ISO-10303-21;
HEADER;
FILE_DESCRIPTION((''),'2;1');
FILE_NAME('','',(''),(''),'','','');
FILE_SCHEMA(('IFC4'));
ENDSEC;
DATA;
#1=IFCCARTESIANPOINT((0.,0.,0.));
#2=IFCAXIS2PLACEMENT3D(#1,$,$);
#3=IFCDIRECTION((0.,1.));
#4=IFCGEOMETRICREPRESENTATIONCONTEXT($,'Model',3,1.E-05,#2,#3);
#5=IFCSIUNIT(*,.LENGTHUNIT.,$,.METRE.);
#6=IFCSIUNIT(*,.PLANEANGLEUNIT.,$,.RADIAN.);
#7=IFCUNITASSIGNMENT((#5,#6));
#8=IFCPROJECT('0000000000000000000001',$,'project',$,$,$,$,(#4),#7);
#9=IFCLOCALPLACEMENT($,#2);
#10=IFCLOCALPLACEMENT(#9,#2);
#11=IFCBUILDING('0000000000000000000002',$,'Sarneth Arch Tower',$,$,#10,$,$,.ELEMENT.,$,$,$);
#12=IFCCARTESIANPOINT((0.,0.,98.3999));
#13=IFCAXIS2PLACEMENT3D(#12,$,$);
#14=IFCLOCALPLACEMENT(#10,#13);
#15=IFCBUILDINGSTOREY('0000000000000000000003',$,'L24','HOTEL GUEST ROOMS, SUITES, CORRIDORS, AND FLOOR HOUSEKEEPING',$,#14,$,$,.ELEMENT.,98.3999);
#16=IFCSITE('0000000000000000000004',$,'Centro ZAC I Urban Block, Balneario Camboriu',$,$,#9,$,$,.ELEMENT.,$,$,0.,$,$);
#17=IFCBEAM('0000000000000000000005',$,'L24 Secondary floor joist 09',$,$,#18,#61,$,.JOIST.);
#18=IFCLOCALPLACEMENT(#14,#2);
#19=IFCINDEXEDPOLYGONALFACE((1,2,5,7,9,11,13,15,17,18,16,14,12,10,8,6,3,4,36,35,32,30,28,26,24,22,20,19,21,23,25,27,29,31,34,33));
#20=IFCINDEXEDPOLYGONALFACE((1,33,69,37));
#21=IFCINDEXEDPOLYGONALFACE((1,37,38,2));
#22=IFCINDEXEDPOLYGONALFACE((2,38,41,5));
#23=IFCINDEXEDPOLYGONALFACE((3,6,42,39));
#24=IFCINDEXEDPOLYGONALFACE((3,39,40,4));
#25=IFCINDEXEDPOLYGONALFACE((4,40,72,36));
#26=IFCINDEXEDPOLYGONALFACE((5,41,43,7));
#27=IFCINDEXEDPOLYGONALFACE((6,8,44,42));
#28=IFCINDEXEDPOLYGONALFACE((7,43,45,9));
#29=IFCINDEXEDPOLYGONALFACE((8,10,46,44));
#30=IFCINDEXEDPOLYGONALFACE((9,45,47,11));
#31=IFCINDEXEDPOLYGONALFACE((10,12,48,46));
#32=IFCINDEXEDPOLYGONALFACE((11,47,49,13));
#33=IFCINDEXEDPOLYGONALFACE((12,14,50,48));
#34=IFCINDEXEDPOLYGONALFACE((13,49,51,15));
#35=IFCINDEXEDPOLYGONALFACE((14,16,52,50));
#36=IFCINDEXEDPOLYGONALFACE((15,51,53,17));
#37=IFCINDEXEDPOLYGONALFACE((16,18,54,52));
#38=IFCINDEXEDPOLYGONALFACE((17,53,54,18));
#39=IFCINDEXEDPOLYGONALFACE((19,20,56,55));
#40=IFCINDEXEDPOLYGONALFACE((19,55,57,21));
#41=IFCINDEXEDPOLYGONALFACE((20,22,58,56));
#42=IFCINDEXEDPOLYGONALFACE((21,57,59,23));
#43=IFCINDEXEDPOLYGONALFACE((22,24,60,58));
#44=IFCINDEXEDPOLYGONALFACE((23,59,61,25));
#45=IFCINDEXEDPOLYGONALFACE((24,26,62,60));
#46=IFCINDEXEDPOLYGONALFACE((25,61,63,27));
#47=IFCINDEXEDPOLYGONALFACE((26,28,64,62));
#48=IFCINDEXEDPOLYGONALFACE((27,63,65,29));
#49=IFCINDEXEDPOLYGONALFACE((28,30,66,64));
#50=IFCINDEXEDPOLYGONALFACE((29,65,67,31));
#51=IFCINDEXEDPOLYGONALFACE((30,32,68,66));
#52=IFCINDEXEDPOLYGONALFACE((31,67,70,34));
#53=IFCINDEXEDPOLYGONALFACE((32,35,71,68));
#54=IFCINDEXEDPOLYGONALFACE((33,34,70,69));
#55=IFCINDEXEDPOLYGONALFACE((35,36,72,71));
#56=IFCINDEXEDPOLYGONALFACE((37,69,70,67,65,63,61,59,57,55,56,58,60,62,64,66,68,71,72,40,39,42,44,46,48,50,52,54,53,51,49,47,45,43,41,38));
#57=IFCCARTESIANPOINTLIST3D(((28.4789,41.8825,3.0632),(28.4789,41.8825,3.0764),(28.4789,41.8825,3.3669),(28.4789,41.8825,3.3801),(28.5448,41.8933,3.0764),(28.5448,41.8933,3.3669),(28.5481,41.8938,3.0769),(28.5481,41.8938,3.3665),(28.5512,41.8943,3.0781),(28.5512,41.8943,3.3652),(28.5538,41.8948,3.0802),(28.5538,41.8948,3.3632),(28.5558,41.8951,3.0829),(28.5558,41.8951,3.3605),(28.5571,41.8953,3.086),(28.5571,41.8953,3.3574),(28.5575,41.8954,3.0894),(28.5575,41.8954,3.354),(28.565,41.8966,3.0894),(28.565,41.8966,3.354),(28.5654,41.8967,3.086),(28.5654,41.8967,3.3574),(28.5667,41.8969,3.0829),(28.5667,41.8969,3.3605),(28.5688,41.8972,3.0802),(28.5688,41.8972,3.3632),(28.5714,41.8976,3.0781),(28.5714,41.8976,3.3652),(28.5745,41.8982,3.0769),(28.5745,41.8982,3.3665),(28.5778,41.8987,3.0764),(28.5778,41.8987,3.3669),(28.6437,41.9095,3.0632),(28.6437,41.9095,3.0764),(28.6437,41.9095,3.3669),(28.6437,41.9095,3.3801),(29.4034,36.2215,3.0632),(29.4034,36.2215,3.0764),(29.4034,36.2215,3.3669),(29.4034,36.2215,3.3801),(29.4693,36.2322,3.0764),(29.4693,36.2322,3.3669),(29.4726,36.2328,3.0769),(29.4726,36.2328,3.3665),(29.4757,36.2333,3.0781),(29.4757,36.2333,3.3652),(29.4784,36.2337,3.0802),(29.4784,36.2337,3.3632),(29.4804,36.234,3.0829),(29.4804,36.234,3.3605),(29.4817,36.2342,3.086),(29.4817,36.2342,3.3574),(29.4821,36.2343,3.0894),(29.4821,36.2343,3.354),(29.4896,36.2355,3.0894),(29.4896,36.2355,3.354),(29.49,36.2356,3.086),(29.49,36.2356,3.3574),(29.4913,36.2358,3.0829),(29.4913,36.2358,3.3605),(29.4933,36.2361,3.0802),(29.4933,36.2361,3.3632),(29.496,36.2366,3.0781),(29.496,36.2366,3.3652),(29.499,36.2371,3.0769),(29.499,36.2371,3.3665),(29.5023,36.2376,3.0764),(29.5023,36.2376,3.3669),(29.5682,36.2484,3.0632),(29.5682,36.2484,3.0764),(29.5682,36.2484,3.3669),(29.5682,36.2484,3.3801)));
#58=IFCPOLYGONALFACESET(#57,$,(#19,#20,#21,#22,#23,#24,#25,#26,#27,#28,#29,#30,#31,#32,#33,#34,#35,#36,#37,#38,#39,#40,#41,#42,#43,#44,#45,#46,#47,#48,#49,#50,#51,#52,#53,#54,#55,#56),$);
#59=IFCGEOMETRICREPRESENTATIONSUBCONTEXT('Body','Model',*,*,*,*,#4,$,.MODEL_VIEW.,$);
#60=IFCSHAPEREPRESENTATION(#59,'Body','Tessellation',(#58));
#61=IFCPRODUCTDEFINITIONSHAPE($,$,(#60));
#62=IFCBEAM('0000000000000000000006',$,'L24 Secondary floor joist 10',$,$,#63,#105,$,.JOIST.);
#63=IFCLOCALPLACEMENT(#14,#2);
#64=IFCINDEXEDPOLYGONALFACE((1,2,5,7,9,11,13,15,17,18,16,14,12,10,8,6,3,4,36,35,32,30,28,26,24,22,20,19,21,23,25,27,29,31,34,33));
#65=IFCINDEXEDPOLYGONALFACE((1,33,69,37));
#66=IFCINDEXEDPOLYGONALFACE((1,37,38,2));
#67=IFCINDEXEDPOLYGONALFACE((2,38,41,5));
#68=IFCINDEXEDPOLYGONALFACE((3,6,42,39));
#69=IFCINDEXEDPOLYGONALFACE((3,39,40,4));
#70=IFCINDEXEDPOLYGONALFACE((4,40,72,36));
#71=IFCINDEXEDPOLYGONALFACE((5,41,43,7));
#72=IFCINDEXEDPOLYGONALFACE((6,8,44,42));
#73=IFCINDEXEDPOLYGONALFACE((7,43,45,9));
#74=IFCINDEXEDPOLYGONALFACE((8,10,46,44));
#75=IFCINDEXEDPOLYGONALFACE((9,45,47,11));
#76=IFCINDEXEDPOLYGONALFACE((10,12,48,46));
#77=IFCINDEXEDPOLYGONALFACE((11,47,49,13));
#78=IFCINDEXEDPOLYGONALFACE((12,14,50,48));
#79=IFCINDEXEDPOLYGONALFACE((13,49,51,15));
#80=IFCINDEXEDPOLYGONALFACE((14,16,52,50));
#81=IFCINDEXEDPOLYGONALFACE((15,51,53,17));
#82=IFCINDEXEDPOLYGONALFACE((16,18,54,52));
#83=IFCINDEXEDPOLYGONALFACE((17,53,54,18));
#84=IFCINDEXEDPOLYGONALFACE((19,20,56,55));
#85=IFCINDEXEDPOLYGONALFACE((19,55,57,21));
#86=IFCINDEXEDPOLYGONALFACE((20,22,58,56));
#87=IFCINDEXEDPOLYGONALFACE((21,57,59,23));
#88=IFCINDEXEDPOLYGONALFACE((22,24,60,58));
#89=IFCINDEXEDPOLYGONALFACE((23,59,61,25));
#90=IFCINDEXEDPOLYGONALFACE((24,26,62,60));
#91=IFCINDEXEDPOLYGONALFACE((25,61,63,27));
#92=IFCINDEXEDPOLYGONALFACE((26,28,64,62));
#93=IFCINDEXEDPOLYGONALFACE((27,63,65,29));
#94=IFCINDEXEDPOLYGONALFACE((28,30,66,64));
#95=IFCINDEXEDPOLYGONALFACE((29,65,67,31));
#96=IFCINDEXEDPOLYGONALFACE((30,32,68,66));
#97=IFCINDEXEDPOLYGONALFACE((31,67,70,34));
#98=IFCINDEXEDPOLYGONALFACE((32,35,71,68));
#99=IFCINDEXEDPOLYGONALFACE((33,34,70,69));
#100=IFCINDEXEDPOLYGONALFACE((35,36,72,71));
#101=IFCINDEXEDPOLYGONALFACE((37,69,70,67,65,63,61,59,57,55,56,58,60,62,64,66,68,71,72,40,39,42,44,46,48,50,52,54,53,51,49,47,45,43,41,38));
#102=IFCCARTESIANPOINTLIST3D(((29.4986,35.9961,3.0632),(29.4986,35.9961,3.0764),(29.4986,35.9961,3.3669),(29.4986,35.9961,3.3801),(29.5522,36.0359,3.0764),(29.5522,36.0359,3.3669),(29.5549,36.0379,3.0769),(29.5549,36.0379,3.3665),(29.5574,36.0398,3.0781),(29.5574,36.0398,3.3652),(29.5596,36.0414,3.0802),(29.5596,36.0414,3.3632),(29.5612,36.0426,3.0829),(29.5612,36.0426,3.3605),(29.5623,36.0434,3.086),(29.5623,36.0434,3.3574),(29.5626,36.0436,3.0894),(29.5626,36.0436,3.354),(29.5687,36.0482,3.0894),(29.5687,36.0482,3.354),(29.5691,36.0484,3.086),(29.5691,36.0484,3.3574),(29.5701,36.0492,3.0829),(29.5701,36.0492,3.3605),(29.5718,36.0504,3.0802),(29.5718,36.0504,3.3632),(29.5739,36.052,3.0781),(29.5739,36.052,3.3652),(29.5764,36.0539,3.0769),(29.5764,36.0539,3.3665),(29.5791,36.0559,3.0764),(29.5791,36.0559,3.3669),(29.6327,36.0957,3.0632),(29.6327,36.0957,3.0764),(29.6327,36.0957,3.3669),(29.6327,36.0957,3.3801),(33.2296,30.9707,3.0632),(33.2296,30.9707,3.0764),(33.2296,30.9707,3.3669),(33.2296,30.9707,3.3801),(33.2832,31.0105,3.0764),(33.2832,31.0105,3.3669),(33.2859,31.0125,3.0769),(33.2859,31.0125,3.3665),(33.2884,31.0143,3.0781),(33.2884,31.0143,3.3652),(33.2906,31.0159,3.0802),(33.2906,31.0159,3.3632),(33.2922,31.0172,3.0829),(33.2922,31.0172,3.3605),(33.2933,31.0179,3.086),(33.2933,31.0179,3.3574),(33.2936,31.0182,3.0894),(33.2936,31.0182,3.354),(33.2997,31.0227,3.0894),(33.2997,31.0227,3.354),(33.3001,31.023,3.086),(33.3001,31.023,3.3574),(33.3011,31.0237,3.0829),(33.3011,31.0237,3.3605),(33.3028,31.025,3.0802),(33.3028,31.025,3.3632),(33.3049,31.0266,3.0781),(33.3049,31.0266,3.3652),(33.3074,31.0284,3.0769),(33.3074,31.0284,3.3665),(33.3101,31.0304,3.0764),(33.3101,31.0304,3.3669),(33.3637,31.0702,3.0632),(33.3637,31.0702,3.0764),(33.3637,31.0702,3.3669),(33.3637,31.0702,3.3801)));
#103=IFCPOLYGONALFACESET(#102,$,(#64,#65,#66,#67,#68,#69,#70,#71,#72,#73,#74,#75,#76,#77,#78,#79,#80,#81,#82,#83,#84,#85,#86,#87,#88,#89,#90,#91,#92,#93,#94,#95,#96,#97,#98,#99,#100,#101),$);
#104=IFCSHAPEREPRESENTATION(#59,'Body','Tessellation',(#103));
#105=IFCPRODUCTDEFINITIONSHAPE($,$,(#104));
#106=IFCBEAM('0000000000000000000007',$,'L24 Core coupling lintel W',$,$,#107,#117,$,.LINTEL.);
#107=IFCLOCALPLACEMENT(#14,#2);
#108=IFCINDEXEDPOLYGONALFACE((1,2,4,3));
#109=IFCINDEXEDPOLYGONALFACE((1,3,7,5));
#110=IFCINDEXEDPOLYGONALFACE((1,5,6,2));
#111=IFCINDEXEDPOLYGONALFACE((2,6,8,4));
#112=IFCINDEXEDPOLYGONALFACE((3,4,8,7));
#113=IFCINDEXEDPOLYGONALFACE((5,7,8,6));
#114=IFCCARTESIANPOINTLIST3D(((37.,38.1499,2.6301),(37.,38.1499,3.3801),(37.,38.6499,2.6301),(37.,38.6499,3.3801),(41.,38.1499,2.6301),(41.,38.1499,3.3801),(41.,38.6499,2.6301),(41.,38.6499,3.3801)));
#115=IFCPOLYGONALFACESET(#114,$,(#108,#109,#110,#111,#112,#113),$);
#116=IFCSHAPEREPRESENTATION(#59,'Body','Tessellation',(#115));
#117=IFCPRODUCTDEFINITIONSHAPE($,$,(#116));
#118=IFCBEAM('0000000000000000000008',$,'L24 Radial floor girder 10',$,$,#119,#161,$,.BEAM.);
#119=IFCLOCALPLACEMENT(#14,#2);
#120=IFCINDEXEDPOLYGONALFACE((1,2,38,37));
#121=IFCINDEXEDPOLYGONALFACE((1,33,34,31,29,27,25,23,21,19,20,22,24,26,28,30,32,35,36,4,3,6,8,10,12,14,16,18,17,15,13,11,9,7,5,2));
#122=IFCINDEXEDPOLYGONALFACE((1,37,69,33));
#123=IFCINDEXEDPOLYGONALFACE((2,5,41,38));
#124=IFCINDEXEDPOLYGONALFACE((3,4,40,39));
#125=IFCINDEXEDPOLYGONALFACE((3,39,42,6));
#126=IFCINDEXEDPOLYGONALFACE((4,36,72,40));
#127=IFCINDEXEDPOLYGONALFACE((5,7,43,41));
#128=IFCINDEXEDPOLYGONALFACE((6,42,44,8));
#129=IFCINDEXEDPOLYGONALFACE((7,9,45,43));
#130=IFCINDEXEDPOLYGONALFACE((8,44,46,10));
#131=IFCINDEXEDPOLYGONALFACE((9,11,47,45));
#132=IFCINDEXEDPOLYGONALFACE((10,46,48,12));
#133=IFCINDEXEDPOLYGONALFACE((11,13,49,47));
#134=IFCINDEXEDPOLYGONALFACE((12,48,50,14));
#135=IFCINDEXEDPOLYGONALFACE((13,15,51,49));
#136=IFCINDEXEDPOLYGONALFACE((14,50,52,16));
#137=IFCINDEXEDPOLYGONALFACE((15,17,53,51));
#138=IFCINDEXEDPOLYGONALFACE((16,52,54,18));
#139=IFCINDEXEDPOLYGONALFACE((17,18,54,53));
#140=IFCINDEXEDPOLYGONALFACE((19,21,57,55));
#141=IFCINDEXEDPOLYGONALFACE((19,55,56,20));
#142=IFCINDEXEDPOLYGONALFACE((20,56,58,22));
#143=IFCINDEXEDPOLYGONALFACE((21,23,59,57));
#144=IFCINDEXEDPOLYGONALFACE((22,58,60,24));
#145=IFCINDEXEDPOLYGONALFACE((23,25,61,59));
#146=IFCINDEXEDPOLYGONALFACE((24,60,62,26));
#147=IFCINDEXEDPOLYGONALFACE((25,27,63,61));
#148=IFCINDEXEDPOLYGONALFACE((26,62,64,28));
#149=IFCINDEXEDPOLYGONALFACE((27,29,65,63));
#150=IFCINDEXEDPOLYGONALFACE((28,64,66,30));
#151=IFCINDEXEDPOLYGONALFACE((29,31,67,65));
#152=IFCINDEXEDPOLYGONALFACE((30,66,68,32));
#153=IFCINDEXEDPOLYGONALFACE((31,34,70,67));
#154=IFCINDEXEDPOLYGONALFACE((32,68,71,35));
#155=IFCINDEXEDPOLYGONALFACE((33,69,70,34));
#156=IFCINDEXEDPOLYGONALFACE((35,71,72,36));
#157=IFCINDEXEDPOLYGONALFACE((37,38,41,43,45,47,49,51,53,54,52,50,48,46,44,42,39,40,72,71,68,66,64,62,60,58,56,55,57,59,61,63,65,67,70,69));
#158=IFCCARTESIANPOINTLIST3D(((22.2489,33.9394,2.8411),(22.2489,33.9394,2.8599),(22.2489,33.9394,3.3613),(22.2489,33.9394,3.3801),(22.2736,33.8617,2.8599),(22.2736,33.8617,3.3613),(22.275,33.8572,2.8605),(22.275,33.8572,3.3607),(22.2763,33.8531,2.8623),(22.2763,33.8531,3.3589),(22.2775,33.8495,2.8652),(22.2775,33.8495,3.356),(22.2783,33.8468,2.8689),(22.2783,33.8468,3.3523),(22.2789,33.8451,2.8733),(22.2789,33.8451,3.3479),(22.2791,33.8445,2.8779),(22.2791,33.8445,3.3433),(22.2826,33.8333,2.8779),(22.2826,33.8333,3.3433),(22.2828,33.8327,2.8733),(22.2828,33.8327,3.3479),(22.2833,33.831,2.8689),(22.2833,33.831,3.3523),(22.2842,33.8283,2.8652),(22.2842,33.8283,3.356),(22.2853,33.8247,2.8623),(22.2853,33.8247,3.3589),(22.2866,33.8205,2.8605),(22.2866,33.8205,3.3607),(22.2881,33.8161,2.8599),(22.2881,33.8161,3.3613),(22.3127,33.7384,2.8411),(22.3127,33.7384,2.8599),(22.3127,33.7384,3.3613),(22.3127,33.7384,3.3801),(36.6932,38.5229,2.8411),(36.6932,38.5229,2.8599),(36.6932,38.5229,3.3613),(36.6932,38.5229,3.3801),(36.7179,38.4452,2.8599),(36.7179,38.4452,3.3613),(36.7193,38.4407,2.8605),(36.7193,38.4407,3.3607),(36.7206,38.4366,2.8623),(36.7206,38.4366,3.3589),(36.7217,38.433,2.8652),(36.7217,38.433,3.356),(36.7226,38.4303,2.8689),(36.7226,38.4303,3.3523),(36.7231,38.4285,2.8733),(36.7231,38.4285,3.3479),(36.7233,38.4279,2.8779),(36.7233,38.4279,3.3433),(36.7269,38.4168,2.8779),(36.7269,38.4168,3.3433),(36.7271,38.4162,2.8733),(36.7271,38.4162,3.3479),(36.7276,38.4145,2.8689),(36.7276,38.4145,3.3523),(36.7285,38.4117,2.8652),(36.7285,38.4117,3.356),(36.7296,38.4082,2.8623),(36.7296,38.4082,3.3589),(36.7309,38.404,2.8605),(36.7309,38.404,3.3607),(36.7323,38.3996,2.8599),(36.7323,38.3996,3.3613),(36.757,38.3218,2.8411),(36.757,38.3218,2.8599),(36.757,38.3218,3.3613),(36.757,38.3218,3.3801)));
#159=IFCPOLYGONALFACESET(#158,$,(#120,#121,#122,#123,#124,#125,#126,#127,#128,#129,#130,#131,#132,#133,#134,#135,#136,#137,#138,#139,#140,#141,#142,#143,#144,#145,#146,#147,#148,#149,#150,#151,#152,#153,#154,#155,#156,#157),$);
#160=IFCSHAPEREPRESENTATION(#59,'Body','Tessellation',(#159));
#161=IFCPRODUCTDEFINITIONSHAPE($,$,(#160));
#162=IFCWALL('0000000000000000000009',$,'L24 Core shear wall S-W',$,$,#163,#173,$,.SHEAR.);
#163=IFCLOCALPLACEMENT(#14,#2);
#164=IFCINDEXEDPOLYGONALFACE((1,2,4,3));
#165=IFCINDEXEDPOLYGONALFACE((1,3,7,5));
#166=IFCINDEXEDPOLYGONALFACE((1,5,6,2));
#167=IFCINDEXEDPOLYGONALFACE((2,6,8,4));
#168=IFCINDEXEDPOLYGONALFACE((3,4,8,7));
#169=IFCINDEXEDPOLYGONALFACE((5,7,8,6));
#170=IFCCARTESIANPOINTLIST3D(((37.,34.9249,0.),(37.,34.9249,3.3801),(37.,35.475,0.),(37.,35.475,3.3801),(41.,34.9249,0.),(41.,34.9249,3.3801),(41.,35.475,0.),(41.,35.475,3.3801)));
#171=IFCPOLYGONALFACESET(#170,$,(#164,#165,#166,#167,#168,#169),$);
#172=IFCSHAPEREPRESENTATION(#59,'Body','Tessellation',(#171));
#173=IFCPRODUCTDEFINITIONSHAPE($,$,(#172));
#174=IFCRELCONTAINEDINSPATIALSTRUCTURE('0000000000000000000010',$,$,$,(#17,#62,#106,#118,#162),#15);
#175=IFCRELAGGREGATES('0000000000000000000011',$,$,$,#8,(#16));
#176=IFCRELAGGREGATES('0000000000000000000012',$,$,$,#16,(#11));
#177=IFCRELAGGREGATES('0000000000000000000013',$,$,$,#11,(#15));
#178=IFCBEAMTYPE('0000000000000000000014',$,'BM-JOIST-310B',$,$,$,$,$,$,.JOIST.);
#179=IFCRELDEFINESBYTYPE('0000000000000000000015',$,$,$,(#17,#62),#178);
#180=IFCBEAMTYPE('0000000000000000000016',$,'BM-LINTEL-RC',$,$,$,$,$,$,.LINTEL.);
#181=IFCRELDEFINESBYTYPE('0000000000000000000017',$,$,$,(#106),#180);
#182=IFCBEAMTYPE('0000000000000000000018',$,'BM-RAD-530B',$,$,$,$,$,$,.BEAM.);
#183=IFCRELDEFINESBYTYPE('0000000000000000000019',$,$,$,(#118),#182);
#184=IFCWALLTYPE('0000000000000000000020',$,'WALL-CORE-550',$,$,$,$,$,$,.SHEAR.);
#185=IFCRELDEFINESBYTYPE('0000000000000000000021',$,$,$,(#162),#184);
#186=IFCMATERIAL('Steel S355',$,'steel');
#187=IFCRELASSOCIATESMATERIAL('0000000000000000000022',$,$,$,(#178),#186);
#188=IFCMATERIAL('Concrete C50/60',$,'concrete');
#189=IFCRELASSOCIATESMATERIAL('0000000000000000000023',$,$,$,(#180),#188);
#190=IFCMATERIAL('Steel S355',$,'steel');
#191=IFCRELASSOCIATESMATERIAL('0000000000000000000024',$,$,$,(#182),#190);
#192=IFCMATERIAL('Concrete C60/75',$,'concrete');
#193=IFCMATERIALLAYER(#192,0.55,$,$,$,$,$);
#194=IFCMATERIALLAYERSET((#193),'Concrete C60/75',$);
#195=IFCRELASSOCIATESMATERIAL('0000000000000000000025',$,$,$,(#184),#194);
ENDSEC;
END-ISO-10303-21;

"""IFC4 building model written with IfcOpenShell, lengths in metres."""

from ifc_helpers import new_model, si_unit, direction, frame, frame_2d, origin, origin_2d, place, context, subcontext, project, spatial, rectangle, i_section, extrude, material, layer, layer_set, material_profile, profile_set, type_object, element, save


model = new_model("IFC4")

# Units and contexts
model_context = context("Model", 3, precision=1e-05, world=origin(), true_north=direction((0.0, 1.0)))
body_context = subcontext(model_context, "Body", "Model", "MODEL_VIEW")
ifc_project = project(units=[si_unit("LENGTHUNIT", "METRE"), si_unit("PLANEANGLEUNIT", "RADIAN")], contexts=[model_context])

# Site, building, storey
site_placement = place(None, origin())
site = spatial("IfcSite", under=ifc_project, at=site_placement, Name="Centro ZAC I Urban Block, Balneario Camboriu", CompositionType="ELEMENT", RefElevation=0.0)
building_placement = place(site_placement, origin())
building = spatial("IfcBuilding", under=site, at=building_placement, Name="Sarneth Arch Tower", CompositionType="ELEMENT")
storey_placement = place(building_placement, frame((0.0, 0.0, 98.3999)))
storey = spatial("IfcBuildingStorey", under=building, at=storey_placement, Name="L24", Description="HOTEL GUEST ROOMS, SUITES, CORRIDORS, AND FLOOR HOUSEKEEPING", CompositionType="ELEMENT", Elevation=98.3999)

# Beams
ifc_material_1 = material(Name="Steel S355", Category="steel")
ifc_material_profile_1 = material_profile(ifc_material_1, i_section(OverallWidth=0.167, OverallDepth=0.3169, WebThickness=0.0076, FlangeThickness=0.0132, FilletRadius=0.0129, at=origin_2d()), Name="W310x52")
ifc_profile_set_1 = profile_set([ifc_material_profile_1], Name="Steel S355")
beam_type_1 = type_object("IfcBeamType", Name="BM-JOIST-310B", PredefinedType="JOIST", material=ifc_profile_set_1)
beam_1_placement = place(storey_placement, frame((28.5613, 41.896, 3.2217), z_axis=(0.161182, -0.986925, 0.0), x_axis=(0.986925, 0.161182, 0.0)))
element("IfcBeam", 1, at=beam_1_placement, inside=storey, type_object=beam_type_1, Name="L24 Secondary floor joist 09", PredefinedType="JOIST", context=body_context, shape_type="SweptSolid", body=[
    extrude(i_section(OverallWidth=0.167, OverallDepth=0.3169, WebThickness=0.0076, FlangeThickness=0.0132, FilletRadius=0.0129, at=origin_2d()), origin(), (0.0, 0.0, 1.0), 5.7361),
])
beam_2_placement = place(storey_placement, frame((29.5657, 36.0459, 3.2217), z_axis=(0.596098, -0.802911, 0.0), x_axis=(0.802911, 0.596098, 0.0)))
element("IfcBeam", 2, at=beam_2_placement, inside=storey, type_object=beam_type_1, Name="L24 Secondary floor joist 10", PredefinedType="JOIST", context=body_context, shape_type="SweptSolid", body=[
    extrude(i_section(OverallWidth=0.167, OverallDepth=0.3169, WebThickness=0.0076, FlangeThickness=0.0132, FilletRadius=0.0129, at=origin_2d()), origin(), (0.0, 0.0, 1.0), 6.259),
])
ifc_material_2 = material(Name="Concrete C50/60", Category="concrete")
ifc_material_profile_2 = material_profile(ifc_material_2, rectangle(XDim=0.5, YDim=0.75, at=origin_2d()), Name="RC-500x750")
ifc_profile_set_2 = profile_set([ifc_material_profile_2], Name="Concrete C50/60")
beam_type_2 = type_object("IfcBeamType", Name="BM-LINTEL-RC", PredefinedType="LINTEL", material=ifc_profile_set_2)
beam_3_placement = place(storey_placement, frame((37.0, 38.3999, 3.0051), z_axis=(1.0, 0.0, 0.0), x_axis=(0.0, 1.0, 0.0)))
element("IfcBeam", 3, at=beam_3_placement, inside=storey, type_object=beam_type_2, Name="L24 Core coupling lintel W", PredefinedType="LINTEL", context=body_context, shape_type="SweptSolid", body=[
    extrude(rectangle(XDim=0.5, YDim=0.75, at=origin_2d()), origin(), (0.0, 0.0, 1.0), 4.0),
])
ifc_material_3 = material(Name="Steel S355", Category="steel")
ifc_material_profile_3 = material_profile(ifc_material_3, i_section(OverallWidth=0.2109, OverallDepth=0.5391, WebThickness=0.0117, FlangeThickness=0.0188, FilletRadius=0.0181, at=origin_2d()), Name="W530x109")
ifc_profile_set_3 = profile_set([ifc_material_profile_3], Name="Steel S355")
beam_type_3 = type_object("IfcBeamType", Name="BM-RAD-530B", PredefinedType="BEAM", material=ifc_profile_set_3)
beam_4_placement = place(storey_placement, frame((36.7251, 38.4224, 3.1106), z_axis=(-0.953162, -0.302459, 0.0), x_axis=(0.302459, -0.953162, 0.0)))
element("IfcBeam", 4, at=beam_4_placement, inside=storey, type_object=beam_type_3, Name="L24 Radial floor girder 10", PredefinedType="BEAM", context=body_context, shape_type="SweptSolid", body=[
    extrude(i_section(OverallWidth=0.2109, OverallDepth=0.5391, WebThickness=0.0117, FlangeThickness=0.0188, FilletRadius=0.0181, at=origin_2d()), origin(), (0.0, 0.0, 1.0), 15.1541),
])

# Wall
ifc_material_4 = material(Name="Concrete C60/75", Category="concrete")
ifc_layer_1 = layer(ifc_material_4, 0.55)
ifc_layer_set_1 = layer_set([ifc_layer_1], Name="Concrete C60/75")
wall_type_1 = type_object("IfcWallType", Name="WALL-CORE-550", PredefinedType="SHEAR", material=ifc_layer_set_1)
wall_1_placement = place(storey_placement, frame((37.0, 35.2, 0.0), z_axis=(0.0, 0.0, 1.0), x_axis=(1.0, 0.0, 0.0)))
element("IfcWall", 5, at=wall_1_placement, inside=storey, type_object=wall_type_1, Name="L24 Core shear wall S-W", PredefinedType="SHEAR", context=body_context, shape_type="SweptSolid", body=[
    extrude(rectangle(XDim=4.0, YDim=0.55, at=frame_2d((2.0, 0.0))), origin(), (0.0, 0.0, 1.0), 3.3801),
])

save(model, "model.ifc")
